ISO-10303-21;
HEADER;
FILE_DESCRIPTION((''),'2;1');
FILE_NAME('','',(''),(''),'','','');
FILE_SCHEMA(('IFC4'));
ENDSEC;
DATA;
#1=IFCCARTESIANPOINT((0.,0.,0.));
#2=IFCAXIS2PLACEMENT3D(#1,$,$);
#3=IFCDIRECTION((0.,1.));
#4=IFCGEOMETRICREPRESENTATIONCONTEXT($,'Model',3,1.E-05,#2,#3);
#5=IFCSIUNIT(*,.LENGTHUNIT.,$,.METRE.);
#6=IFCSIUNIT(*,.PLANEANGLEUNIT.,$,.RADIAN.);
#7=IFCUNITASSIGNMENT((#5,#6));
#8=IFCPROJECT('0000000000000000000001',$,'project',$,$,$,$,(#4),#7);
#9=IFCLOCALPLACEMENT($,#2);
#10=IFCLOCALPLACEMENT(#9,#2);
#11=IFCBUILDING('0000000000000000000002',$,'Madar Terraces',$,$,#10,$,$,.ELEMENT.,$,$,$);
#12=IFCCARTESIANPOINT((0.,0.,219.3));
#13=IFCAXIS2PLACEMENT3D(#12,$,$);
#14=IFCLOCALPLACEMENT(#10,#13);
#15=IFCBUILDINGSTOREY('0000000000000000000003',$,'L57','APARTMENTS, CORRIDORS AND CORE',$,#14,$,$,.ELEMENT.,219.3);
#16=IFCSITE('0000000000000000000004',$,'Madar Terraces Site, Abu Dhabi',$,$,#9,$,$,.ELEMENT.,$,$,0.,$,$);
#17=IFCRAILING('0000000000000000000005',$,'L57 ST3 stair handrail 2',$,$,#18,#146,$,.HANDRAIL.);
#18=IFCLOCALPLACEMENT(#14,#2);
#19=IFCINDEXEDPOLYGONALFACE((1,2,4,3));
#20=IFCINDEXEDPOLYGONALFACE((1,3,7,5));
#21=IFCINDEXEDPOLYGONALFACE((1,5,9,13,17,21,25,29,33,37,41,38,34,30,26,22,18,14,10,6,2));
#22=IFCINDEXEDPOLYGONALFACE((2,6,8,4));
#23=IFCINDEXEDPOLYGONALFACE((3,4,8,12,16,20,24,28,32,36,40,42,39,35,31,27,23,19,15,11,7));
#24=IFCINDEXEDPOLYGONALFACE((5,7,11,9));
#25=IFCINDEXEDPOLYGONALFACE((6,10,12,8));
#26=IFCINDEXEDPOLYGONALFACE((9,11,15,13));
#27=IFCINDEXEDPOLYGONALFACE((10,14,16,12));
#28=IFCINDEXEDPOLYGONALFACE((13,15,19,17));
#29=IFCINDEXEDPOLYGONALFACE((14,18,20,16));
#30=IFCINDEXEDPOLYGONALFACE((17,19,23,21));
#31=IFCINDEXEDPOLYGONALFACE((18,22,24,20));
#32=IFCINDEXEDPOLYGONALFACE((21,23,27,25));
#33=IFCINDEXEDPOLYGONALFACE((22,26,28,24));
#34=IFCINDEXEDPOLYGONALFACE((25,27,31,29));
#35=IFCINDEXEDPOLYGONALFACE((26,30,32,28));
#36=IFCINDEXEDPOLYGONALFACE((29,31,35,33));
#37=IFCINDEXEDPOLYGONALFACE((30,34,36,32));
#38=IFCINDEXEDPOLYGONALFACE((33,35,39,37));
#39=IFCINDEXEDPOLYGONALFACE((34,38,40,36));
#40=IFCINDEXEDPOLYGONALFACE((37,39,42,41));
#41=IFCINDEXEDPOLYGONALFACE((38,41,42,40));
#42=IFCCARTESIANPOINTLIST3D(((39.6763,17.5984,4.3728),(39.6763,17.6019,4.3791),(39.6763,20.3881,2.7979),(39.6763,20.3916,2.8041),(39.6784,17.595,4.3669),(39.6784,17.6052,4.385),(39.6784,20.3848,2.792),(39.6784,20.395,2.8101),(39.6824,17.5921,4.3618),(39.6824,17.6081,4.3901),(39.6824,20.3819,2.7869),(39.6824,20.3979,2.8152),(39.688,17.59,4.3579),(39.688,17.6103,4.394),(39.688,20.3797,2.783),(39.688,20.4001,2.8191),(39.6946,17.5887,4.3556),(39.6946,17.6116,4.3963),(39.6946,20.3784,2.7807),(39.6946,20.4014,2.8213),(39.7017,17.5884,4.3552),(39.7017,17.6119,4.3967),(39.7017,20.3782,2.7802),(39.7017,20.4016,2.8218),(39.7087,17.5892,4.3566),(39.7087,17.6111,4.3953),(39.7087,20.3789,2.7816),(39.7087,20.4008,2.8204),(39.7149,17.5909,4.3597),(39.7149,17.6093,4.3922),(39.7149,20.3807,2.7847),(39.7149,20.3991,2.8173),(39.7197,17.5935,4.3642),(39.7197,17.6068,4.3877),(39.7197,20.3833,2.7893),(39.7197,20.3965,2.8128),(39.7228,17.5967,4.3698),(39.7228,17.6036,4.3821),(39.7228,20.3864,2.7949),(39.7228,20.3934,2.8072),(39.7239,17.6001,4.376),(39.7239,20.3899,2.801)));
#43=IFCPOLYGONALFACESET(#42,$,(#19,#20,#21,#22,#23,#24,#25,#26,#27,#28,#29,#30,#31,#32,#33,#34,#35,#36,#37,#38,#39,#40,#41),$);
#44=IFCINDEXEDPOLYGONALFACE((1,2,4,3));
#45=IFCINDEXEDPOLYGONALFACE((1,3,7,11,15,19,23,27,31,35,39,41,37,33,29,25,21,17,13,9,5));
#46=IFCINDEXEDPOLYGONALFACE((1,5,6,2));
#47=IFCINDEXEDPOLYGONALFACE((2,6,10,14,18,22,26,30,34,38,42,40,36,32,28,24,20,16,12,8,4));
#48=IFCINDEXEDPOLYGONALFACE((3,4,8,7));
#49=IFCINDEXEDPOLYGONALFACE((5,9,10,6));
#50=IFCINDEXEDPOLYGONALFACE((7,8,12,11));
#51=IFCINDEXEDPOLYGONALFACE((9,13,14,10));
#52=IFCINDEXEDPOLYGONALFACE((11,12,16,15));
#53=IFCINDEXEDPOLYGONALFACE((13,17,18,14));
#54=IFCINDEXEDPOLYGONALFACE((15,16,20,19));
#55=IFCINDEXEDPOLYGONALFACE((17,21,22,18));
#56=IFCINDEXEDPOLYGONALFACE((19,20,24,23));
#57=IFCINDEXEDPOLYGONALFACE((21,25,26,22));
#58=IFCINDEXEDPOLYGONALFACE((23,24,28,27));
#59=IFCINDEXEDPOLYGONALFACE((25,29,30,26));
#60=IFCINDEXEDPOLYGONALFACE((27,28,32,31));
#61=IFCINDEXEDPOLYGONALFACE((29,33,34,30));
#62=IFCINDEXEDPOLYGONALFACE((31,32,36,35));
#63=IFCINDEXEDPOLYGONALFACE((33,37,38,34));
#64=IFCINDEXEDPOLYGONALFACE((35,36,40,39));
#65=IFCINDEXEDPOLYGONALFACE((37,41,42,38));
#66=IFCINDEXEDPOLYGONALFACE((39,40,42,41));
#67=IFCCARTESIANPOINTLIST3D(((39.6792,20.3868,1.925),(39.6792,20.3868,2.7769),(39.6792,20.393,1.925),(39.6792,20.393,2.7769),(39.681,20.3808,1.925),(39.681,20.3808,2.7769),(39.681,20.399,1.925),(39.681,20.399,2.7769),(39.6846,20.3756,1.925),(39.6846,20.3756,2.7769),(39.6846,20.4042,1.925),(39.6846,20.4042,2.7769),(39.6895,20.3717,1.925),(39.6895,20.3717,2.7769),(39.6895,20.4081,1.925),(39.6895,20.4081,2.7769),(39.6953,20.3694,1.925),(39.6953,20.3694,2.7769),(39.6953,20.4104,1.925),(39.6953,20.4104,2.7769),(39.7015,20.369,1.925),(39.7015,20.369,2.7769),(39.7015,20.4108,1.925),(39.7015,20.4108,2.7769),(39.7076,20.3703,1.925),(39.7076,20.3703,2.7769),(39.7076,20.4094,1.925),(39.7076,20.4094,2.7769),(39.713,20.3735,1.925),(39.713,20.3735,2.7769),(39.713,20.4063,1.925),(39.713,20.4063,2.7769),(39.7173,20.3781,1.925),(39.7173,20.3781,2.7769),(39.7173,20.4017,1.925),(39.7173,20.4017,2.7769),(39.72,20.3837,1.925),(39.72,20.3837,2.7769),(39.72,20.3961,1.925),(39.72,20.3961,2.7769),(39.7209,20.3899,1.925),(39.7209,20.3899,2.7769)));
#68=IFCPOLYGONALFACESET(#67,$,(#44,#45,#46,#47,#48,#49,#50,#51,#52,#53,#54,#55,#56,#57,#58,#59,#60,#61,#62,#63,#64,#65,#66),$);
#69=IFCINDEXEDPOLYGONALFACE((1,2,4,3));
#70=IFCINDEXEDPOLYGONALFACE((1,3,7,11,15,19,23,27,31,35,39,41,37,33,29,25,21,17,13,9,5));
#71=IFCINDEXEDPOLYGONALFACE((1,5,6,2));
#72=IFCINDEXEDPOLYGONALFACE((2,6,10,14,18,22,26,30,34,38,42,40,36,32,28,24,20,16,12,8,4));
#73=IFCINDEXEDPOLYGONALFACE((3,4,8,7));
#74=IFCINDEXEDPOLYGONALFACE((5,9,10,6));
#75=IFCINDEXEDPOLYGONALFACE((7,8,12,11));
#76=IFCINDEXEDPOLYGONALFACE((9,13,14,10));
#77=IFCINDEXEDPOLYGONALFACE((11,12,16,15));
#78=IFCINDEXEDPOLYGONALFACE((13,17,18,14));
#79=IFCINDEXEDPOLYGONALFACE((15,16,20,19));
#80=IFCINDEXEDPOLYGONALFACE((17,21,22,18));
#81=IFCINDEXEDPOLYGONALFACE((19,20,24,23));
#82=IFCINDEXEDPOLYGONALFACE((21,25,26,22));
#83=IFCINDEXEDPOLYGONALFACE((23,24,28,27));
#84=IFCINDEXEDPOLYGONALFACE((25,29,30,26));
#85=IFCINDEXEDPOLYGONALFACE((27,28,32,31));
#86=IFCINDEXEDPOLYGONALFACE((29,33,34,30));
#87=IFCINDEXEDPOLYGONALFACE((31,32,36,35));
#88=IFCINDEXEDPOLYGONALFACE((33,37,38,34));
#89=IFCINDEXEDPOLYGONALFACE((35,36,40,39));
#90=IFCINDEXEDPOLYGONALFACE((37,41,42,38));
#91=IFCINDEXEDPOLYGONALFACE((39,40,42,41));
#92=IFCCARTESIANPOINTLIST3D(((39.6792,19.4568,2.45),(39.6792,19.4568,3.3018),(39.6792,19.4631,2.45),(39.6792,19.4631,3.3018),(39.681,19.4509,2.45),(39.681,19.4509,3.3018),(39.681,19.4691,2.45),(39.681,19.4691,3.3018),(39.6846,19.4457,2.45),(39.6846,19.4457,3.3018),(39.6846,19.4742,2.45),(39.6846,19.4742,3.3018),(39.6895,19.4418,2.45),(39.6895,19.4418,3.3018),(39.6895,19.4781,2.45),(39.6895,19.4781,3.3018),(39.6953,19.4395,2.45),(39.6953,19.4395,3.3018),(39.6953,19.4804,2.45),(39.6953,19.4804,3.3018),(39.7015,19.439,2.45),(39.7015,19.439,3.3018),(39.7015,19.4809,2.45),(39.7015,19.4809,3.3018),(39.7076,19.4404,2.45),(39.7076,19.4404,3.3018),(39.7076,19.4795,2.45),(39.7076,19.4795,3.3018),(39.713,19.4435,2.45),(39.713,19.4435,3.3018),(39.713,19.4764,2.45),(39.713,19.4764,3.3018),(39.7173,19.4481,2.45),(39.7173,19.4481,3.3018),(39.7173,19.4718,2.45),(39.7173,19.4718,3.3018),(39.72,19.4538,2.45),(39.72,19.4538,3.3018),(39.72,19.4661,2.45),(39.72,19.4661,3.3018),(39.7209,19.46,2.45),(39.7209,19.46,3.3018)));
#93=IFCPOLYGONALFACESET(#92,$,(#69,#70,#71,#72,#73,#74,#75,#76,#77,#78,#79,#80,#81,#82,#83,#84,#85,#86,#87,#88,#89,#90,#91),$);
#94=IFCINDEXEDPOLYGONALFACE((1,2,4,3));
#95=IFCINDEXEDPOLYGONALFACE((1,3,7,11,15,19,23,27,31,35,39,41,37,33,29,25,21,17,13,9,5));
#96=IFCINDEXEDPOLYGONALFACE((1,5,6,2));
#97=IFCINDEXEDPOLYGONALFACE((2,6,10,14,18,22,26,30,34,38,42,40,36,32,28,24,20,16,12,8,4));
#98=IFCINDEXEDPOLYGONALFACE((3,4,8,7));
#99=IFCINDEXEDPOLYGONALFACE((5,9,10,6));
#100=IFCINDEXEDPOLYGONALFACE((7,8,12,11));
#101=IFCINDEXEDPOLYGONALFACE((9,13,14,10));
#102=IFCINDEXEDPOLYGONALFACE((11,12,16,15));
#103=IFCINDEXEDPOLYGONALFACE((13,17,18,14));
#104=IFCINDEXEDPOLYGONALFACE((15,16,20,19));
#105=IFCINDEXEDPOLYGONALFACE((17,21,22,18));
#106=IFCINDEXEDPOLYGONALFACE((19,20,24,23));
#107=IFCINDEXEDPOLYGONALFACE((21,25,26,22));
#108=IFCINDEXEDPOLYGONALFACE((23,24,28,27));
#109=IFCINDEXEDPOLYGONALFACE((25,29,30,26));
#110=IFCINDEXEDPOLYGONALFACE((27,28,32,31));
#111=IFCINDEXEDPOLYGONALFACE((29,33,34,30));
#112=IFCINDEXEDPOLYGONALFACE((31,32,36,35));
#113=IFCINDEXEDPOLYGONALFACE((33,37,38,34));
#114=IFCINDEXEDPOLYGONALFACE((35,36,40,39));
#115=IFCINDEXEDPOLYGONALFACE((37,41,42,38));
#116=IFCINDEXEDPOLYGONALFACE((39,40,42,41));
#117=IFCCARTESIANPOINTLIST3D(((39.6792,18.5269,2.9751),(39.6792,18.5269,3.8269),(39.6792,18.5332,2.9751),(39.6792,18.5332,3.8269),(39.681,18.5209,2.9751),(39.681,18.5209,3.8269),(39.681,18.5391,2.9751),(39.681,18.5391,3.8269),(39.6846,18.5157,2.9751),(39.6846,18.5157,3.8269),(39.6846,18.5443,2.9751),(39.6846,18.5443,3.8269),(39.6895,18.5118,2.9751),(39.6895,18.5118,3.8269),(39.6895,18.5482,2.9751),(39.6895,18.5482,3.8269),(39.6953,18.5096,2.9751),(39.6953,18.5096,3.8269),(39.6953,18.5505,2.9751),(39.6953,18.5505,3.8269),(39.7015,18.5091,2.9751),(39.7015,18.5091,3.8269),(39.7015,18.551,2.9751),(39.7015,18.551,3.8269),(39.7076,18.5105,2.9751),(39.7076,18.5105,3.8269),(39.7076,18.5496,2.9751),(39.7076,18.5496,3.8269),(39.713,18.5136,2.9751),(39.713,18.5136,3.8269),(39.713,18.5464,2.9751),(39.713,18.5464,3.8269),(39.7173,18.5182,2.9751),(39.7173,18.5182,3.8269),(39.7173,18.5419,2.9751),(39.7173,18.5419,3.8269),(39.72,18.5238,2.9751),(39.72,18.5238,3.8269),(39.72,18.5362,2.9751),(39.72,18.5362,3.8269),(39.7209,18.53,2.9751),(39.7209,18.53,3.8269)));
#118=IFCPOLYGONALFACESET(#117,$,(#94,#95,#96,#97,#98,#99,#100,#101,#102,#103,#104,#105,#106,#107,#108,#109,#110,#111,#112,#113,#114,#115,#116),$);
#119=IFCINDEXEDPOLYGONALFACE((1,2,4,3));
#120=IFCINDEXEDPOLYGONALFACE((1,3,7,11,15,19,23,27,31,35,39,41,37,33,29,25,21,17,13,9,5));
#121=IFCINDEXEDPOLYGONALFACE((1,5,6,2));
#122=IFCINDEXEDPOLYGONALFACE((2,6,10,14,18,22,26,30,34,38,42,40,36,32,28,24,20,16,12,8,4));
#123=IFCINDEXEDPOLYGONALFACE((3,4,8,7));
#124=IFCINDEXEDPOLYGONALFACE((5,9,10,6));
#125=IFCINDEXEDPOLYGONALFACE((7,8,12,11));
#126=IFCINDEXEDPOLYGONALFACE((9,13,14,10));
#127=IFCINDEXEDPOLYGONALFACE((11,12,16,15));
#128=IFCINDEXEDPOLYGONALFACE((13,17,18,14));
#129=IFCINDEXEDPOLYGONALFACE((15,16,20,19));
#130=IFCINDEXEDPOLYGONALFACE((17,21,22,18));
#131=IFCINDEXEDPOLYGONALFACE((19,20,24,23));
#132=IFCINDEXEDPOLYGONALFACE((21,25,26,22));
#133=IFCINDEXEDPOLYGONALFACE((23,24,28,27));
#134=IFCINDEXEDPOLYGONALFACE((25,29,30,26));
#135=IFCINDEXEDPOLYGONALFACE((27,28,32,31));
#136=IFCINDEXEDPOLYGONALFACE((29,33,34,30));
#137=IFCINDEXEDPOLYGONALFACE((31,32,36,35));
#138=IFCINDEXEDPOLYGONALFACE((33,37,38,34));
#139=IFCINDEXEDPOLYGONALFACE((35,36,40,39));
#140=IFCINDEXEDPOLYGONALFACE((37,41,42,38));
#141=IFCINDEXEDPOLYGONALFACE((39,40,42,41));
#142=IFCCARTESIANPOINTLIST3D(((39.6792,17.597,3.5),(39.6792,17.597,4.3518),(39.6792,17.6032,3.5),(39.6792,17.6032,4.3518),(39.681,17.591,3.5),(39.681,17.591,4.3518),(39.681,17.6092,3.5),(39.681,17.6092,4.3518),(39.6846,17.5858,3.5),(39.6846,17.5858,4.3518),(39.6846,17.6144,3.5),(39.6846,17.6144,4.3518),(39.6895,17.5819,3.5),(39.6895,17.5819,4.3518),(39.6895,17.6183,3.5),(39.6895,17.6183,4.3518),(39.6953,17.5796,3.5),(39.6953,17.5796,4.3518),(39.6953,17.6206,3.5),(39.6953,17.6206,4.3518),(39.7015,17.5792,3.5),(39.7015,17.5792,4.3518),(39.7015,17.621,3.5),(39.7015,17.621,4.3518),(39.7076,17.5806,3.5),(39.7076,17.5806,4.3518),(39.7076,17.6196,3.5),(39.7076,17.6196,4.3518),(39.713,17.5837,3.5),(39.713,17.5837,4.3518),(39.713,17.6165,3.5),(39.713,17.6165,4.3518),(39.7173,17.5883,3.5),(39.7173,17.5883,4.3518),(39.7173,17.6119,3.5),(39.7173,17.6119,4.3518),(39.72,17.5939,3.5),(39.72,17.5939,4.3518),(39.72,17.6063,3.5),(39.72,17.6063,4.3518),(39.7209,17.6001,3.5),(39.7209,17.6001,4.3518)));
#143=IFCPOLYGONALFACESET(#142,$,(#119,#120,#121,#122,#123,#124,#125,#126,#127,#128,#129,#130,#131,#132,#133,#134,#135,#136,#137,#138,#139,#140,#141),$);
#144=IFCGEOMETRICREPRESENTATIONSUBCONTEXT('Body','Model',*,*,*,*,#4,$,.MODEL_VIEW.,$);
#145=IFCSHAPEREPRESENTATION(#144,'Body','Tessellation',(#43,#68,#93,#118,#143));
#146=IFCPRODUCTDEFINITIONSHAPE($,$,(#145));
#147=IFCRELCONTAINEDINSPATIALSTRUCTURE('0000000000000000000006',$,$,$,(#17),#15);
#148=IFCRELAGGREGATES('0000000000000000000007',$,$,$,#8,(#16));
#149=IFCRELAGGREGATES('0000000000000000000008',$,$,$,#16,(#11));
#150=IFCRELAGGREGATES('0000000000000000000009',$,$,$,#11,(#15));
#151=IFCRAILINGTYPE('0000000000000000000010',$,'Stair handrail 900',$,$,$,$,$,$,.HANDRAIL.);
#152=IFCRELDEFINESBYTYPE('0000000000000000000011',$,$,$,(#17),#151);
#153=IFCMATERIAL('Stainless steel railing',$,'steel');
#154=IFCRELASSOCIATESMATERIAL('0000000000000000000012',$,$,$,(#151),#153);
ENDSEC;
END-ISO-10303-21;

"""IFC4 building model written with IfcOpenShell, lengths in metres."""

from ifc_helpers import new_model, si_unit, direction, frame, origin, origin_2d, place, context, subcontext, project, spatial, circle, extrude, material, type_object, element, save


model = new_model("IFC4")

# Units and contexts
model_context = context("Model", 3, precision=1e-05, world=origin(), true_north=direction((0.0, 1.0)))
body_context = subcontext(model_context, "Body", "Model", "MODEL_VIEW")
ifc_project = project(units=[si_unit("LENGTHUNIT", "METRE"), si_unit("PLANEANGLEUNIT", "RADIAN")], contexts=[model_context])

# Site, building, storey
site_placement = place(None, origin())
site = spatial("IfcSite", under=ifc_project, at=site_placement, Name="Madar Terraces Site, Abu Dhabi", CompositionType="ELEMENT", RefElevation=0.0)
building_placement = place(site_placement, origin())
building = spatial("IfcBuilding", under=site, at=building_placement, Name="Madar Terraces", CompositionType="ELEMENT")
storey_placement = place(building_placement, frame((0.0, 0.0, 219.3)))
storey = spatial("IfcBuildingStorey", under=building, at=storey_placement, Name="L57", Description="APARTMENTS, CORRIDORS AND CORE", CompositionType="ELEMENT", Elevation=219.3)

# Railing
ifc_material_1 = material(Name="Stainless steel railing", Category="steel")
railing_type_1 = type_object("IfcRailingType", Name="Stair handrail 900", PredefinedType="HANDRAIL", material=ifc_material_1)
railing_1_placement = place(storey_placement, frame((39.7, 20.3899, 1.925)))
element("IfcRailing", 1, at=railing_1_placement, inside=storey, type_object=railing_type_1, Name="L57 ST3 stair handrail 2", PredefinedType="HANDRAIL", context=body_context, shape_type="SweptSolid", body=[
    extrude(circle(Radius=0.0239, at=origin_2d()), frame((0.0, 0.0, 0.876), z_axis=(0.0, -0.870815, 0.49161), x_axis=(1.0, 0.0, 0.0)), (0.0, 0.0, 1.0), 3.2036),
    extrude(circle(Radius=0.021, at=origin_2d()), origin(), (0.0, 0.0, 1.0), 0.8518),
    extrude(circle(Radius=0.021, at=origin_2d()), frame((0.0, -0.9299, 0.5249)), (0.0, 0.0, 1.0), 0.8518),
    extrude(circle(Radius=0.021, at=origin_2d()), frame((0.0, -1.8599, 1.05)), (0.0, 0.0, 1.0), 0.8518),
    extrude(circle(Radius=0.021, at=origin_2d()), frame((0.0, -2.7898, 1.575)), (0.0, 0.0, 1.0), 0.8518),
])

save(model, "model.ifc")
